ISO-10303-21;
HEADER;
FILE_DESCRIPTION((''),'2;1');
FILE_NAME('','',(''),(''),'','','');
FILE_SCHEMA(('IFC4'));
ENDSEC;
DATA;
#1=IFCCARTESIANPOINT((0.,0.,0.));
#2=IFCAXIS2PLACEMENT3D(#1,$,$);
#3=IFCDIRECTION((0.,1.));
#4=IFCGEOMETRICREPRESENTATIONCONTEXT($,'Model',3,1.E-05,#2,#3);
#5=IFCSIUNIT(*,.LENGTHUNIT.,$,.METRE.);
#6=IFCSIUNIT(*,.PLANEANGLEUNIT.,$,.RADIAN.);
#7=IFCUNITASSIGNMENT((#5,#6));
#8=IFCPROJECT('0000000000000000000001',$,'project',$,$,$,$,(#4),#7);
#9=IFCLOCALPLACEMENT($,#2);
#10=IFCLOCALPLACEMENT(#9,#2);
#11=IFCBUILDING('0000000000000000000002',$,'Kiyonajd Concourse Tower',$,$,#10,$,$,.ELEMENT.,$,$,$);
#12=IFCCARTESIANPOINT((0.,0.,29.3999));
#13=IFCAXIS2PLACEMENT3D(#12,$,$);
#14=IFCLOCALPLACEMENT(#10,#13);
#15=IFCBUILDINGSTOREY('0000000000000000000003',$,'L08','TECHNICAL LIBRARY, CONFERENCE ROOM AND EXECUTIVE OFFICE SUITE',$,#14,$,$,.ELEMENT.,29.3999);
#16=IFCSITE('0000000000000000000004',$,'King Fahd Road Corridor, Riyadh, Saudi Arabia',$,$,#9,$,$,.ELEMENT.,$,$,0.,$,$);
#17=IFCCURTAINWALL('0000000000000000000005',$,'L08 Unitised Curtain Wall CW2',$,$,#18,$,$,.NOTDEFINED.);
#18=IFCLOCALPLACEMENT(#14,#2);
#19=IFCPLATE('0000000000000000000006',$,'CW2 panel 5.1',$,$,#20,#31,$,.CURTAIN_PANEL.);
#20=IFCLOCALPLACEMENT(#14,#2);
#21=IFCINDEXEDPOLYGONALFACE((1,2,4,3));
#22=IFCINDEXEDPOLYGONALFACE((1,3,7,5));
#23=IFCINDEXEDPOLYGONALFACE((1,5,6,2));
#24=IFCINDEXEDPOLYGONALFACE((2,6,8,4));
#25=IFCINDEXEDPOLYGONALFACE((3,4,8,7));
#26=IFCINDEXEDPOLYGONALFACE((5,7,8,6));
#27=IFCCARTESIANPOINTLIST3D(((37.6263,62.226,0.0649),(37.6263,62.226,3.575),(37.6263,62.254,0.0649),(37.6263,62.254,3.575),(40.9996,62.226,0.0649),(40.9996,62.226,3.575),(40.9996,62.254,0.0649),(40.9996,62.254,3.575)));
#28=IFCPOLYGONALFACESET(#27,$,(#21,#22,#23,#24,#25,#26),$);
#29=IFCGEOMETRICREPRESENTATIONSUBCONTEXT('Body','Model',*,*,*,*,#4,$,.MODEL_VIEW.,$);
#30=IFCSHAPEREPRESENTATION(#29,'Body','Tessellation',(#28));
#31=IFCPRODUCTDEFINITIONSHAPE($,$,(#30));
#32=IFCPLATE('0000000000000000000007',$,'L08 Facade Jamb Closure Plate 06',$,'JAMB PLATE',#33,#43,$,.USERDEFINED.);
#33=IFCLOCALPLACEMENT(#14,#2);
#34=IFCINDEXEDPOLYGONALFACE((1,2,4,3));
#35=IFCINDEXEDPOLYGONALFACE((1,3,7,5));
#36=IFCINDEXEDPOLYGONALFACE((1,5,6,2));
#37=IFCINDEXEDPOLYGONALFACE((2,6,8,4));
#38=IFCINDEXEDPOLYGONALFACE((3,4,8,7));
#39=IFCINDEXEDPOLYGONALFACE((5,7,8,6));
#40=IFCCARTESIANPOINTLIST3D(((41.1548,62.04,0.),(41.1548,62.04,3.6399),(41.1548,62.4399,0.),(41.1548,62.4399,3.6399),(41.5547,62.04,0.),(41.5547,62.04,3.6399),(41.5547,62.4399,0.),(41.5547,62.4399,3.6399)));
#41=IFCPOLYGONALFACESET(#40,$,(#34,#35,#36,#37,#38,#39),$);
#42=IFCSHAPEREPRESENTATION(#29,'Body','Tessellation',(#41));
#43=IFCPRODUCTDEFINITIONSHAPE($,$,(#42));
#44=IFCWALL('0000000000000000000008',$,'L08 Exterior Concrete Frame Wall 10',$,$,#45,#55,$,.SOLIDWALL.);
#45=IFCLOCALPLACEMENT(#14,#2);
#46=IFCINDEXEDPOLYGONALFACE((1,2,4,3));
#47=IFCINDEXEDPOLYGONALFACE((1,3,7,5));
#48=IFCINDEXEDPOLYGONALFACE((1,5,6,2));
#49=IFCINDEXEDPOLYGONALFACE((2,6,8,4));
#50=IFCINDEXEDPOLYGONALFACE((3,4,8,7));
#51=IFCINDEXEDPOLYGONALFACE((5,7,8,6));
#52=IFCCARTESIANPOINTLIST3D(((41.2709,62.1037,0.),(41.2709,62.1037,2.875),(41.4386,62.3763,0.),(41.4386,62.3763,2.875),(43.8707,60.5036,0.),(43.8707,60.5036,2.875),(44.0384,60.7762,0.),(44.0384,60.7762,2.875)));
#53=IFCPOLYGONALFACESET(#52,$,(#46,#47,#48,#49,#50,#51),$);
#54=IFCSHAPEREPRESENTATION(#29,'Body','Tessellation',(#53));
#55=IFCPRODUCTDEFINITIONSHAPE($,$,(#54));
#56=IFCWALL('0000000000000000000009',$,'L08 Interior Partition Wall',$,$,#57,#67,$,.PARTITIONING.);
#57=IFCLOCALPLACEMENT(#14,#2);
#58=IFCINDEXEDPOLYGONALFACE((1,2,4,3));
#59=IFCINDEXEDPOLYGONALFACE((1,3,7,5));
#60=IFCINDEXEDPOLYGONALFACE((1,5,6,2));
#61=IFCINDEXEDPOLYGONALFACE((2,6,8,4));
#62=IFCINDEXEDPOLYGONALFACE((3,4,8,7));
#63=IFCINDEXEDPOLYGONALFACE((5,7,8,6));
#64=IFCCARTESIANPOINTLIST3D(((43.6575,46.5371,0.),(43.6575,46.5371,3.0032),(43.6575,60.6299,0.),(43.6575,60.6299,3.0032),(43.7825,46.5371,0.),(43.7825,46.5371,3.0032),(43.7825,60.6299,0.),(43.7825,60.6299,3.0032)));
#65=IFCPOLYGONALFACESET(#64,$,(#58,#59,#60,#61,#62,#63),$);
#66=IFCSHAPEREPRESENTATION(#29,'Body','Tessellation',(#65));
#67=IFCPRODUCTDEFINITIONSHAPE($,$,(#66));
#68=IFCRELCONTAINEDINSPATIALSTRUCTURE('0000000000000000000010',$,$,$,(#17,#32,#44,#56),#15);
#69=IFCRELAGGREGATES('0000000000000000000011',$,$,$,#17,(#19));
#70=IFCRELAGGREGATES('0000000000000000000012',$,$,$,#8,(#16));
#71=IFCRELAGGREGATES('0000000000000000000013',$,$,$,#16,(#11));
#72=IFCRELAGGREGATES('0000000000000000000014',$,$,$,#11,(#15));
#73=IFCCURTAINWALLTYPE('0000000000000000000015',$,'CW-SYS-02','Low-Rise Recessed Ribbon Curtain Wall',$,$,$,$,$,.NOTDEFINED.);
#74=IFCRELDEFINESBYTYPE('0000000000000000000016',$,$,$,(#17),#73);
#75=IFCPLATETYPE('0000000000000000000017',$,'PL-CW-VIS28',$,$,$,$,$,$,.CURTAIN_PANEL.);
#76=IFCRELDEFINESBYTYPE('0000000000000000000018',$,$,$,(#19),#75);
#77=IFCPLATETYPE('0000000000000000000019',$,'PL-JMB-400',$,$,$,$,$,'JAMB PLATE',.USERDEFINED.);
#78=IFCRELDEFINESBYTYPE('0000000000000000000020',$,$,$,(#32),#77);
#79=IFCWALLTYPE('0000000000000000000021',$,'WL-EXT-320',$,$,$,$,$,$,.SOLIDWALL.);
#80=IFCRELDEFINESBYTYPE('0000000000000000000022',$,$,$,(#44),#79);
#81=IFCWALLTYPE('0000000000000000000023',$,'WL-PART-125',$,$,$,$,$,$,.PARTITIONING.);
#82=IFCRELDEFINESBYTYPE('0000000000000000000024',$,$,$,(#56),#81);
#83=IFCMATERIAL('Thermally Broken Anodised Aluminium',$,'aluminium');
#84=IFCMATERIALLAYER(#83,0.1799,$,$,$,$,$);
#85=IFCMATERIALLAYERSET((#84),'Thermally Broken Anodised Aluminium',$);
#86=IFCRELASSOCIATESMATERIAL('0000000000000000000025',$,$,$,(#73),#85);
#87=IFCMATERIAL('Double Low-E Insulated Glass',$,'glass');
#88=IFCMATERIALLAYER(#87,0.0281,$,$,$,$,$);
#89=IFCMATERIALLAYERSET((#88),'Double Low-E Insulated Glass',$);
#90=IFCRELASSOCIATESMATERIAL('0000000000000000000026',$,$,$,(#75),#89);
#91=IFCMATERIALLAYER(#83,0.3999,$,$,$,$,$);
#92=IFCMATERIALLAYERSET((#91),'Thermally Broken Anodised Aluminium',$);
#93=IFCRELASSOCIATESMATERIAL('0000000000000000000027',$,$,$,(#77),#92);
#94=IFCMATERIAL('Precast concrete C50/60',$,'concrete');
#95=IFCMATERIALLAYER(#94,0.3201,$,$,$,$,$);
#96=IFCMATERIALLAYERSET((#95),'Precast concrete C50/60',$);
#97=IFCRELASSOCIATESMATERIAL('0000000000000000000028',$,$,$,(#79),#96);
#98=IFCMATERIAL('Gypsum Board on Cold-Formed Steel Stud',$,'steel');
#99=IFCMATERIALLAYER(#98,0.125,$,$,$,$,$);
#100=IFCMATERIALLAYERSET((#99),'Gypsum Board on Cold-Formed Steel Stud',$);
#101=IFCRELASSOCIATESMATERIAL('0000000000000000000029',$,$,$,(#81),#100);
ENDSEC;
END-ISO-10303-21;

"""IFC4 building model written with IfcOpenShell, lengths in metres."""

from ifc_helpers import new_model, si_unit, direction, frame, frame_2d, origin, origin_2d, place, context, subcontext, project, spatial, rectangle, extrude, material, layer, layer_set, type_object, element, aggregate, save


model = new_model("IFC4")

# Units and contexts
model_context = context("Model", 3, precision=1e-05, world=origin(), true_north=direction((0.0, 1.0)))
body_context = subcontext(model_context, "Body", "Model", "MODEL_VIEW")
ifc_project = project(units=[si_unit("LENGTHUNIT", "METRE"), si_unit("PLANEANGLEUNIT", "RADIAN")], contexts=[model_context])

# Site, building, storey
site_placement = place(None, origin())
site = spatial("IfcSite", under=ifc_project, at=site_placement, Name="King Fahd Road Corridor, Riyadh, Saudi Arabia", CompositionType="ELEMENT", RefElevation=0.0)
building_placement = place(site_placement, origin())
building = spatial("IfcBuilding", under=site, at=building_placement, Name="Kiyonajd Concourse Tower", CompositionType="ELEMENT")
storey_placement = place(building_placement, frame((0.0, 0.0, 29.3999)))
storey = spatial("IfcBuildingStorey", under=building, at=storey_placement, Name="L08", Description="TECHNICAL LIBRARY, CONFERENCE ROOM AND EXECUTIVE OFFICE SUITE", CompositionType="ELEMENT", Elevation=29.3999)

# Shared definitions
ifc_material_1 = material(Name="Precast concrete C50/60", Category="concrete")

# Curtain wall, plate
ifc_material_2 = material(Name="Thermally Broken Anodised Aluminium", Category="aluminium")
ifc_layer_1 = layer(ifc_material_2, 0.1799)
ifc_layer_set_1 = layer_set([ifc_layer_1], Name="Thermally Broken Anodised Aluminium")
curtain_wall_type = type_object("IfcCurtainWallType", Name="CW-SYS-02", Description="Low-Rise Recessed Ribbon Curtain Wall", PredefinedType="NOTDEFINED", material=ifc_layer_set_1)
curtain_wall_placement = place(storey_placement, origin())
curtain_wall = element("IfcCurtainWall", 1, at=curtain_wall_placement, inside=storey, type_object=curtain_wall_type, Name="L08 Unitised Curtain Wall CW2", PredefinedType="NOTDEFINED")
ifc_material_3 = material(Name="Double Low-E Insulated Glass", Category="glass")
ifc_layer_2 = layer(ifc_material_3, 0.0281)
ifc_layer_set_2 = layer_set([ifc_layer_2], Name="Double Low-E Insulated Glass")
plate_type_1 = type_object("IfcPlateType", Name="PL-CW-VIS28", PredefinedType="CURTAIN_PANEL", material=ifc_layer_set_2)
plate_1_placement = place(storey_placement, frame((39.313, 62.24, 0.0649), z_axis=(0.0, 0.0, 1.0), x_axis=(1.0, 0.0, 0.0)))
plate_1 = element("IfcPlate", 2, at=plate_1_placement, type_object=plate_type_1, Name="CW2 panel 5.1", PredefinedType="CURTAIN_PANEL", context=body_context, shape_type="SweptSolid", body=[
    extrude(rectangle(XDim=3.3733, YDim=0.0281, at=origin_2d()), origin(), (0.0, 0.0, 1.0), 3.51),
])
aggregate(curtain_wall, [plate_1])

# Plate
ifc_layer_3 = layer(ifc_material_2, 0.3999)
ifc_layer_set_3 = layer_set([ifc_layer_3], Name="Thermally Broken Anodised Aluminium")
plate_type_2 = type_object("IfcPlateType", Name="PL-JMB-400", ElementType="JAMB PLATE", PredefinedType="USERDEFINED", material=ifc_layer_set_3)
plate_2_placement = place(storey_placement, frame((41.3547, 62.24, 0.0), z_axis=(0.0, 0.0, 1.0), x_axis=(1.0, 0.0, 0.0)))
element("IfcPlate", 3, at=plate_2_placement, inside=storey, type_object=plate_type_2, Name="L08 Facade Jamb Closure Plate 06", ObjectType="JAMB PLATE", PredefinedType="USERDEFINED", context=body_context, shape_type="SweptSolid", body=[
    extrude(rectangle(XDim=0.3999, YDim=0.3999, at=origin_2d()), origin(), (0.0, 0.0, 1.0), 3.6399),
])

# Walls
ifc_layer_4 = layer(ifc_material_1, 0.3201)
ifc_layer_set_4 = layer_set([ifc_layer_4], Name="Precast concrete C50/60")
wall_type_1 = type_object("IfcWallType", Name="WL-EXT-320", PredefinedType="SOLIDWALL", material=ifc_layer_set_4)
wall_1_placement = place(storey_placement, frame((41.3547, 62.24, 0.0), z_axis=(0.0, 0.0, 1.0), x_axis=(0.851631, -0.524142, 0.0)))
element("IfcWall", 4, at=wall_1_placement, inside=storey, type_object=wall_type_1, Name="L08 Exterior Concrete Frame Wall 10", PredefinedType="SOLIDWALL", context=body_context, shape_type="SweptSolid", body=[
    extrude(rectangle(XDim=3.0527, YDim=0.3201, at=frame_2d((1.5264, 0.0))), origin(), (0.0, 0.0, 1.0), 2.875),
])
ifc_material_4 = material(Name="Gypsum Board on Cold-Formed Steel Stud", Category="steel")
ifc_layer_5 = layer(ifc_material_4, 0.125)
ifc_layer_set_5 = layer_set([ifc_layer_5], Name="Gypsum Board on Cold-Formed Steel Stud")
wall_type_2 = type_object("IfcWallType", Name="WL-PART-125", PredefinedType="PARTITIONING", material=ifc_layer_set_5)
wall_2_placement = place(storey_placement, frame((43.72, 46.5371, 0.0), z_axis=(0.0, 0.0, 1.0), x_axis=(0.0, 1.0, 0.0)))
element("IfcWall", 5, at=wall_2_placement, inside=storey, type_object=wall_type_2, Name="L08 Interior Partition Wall", PredefinedType="PARTITIONING", context=body_context, shape_type="SweptSolid", body=[
    extrude(rectangle(XDim=14.0928, YDim=0.125, at=frame_2d((7.0464, 0.0))), origin(), (0.0, 0.0, 1.0), 3.0032),
])

save(model, "model.ifc")
